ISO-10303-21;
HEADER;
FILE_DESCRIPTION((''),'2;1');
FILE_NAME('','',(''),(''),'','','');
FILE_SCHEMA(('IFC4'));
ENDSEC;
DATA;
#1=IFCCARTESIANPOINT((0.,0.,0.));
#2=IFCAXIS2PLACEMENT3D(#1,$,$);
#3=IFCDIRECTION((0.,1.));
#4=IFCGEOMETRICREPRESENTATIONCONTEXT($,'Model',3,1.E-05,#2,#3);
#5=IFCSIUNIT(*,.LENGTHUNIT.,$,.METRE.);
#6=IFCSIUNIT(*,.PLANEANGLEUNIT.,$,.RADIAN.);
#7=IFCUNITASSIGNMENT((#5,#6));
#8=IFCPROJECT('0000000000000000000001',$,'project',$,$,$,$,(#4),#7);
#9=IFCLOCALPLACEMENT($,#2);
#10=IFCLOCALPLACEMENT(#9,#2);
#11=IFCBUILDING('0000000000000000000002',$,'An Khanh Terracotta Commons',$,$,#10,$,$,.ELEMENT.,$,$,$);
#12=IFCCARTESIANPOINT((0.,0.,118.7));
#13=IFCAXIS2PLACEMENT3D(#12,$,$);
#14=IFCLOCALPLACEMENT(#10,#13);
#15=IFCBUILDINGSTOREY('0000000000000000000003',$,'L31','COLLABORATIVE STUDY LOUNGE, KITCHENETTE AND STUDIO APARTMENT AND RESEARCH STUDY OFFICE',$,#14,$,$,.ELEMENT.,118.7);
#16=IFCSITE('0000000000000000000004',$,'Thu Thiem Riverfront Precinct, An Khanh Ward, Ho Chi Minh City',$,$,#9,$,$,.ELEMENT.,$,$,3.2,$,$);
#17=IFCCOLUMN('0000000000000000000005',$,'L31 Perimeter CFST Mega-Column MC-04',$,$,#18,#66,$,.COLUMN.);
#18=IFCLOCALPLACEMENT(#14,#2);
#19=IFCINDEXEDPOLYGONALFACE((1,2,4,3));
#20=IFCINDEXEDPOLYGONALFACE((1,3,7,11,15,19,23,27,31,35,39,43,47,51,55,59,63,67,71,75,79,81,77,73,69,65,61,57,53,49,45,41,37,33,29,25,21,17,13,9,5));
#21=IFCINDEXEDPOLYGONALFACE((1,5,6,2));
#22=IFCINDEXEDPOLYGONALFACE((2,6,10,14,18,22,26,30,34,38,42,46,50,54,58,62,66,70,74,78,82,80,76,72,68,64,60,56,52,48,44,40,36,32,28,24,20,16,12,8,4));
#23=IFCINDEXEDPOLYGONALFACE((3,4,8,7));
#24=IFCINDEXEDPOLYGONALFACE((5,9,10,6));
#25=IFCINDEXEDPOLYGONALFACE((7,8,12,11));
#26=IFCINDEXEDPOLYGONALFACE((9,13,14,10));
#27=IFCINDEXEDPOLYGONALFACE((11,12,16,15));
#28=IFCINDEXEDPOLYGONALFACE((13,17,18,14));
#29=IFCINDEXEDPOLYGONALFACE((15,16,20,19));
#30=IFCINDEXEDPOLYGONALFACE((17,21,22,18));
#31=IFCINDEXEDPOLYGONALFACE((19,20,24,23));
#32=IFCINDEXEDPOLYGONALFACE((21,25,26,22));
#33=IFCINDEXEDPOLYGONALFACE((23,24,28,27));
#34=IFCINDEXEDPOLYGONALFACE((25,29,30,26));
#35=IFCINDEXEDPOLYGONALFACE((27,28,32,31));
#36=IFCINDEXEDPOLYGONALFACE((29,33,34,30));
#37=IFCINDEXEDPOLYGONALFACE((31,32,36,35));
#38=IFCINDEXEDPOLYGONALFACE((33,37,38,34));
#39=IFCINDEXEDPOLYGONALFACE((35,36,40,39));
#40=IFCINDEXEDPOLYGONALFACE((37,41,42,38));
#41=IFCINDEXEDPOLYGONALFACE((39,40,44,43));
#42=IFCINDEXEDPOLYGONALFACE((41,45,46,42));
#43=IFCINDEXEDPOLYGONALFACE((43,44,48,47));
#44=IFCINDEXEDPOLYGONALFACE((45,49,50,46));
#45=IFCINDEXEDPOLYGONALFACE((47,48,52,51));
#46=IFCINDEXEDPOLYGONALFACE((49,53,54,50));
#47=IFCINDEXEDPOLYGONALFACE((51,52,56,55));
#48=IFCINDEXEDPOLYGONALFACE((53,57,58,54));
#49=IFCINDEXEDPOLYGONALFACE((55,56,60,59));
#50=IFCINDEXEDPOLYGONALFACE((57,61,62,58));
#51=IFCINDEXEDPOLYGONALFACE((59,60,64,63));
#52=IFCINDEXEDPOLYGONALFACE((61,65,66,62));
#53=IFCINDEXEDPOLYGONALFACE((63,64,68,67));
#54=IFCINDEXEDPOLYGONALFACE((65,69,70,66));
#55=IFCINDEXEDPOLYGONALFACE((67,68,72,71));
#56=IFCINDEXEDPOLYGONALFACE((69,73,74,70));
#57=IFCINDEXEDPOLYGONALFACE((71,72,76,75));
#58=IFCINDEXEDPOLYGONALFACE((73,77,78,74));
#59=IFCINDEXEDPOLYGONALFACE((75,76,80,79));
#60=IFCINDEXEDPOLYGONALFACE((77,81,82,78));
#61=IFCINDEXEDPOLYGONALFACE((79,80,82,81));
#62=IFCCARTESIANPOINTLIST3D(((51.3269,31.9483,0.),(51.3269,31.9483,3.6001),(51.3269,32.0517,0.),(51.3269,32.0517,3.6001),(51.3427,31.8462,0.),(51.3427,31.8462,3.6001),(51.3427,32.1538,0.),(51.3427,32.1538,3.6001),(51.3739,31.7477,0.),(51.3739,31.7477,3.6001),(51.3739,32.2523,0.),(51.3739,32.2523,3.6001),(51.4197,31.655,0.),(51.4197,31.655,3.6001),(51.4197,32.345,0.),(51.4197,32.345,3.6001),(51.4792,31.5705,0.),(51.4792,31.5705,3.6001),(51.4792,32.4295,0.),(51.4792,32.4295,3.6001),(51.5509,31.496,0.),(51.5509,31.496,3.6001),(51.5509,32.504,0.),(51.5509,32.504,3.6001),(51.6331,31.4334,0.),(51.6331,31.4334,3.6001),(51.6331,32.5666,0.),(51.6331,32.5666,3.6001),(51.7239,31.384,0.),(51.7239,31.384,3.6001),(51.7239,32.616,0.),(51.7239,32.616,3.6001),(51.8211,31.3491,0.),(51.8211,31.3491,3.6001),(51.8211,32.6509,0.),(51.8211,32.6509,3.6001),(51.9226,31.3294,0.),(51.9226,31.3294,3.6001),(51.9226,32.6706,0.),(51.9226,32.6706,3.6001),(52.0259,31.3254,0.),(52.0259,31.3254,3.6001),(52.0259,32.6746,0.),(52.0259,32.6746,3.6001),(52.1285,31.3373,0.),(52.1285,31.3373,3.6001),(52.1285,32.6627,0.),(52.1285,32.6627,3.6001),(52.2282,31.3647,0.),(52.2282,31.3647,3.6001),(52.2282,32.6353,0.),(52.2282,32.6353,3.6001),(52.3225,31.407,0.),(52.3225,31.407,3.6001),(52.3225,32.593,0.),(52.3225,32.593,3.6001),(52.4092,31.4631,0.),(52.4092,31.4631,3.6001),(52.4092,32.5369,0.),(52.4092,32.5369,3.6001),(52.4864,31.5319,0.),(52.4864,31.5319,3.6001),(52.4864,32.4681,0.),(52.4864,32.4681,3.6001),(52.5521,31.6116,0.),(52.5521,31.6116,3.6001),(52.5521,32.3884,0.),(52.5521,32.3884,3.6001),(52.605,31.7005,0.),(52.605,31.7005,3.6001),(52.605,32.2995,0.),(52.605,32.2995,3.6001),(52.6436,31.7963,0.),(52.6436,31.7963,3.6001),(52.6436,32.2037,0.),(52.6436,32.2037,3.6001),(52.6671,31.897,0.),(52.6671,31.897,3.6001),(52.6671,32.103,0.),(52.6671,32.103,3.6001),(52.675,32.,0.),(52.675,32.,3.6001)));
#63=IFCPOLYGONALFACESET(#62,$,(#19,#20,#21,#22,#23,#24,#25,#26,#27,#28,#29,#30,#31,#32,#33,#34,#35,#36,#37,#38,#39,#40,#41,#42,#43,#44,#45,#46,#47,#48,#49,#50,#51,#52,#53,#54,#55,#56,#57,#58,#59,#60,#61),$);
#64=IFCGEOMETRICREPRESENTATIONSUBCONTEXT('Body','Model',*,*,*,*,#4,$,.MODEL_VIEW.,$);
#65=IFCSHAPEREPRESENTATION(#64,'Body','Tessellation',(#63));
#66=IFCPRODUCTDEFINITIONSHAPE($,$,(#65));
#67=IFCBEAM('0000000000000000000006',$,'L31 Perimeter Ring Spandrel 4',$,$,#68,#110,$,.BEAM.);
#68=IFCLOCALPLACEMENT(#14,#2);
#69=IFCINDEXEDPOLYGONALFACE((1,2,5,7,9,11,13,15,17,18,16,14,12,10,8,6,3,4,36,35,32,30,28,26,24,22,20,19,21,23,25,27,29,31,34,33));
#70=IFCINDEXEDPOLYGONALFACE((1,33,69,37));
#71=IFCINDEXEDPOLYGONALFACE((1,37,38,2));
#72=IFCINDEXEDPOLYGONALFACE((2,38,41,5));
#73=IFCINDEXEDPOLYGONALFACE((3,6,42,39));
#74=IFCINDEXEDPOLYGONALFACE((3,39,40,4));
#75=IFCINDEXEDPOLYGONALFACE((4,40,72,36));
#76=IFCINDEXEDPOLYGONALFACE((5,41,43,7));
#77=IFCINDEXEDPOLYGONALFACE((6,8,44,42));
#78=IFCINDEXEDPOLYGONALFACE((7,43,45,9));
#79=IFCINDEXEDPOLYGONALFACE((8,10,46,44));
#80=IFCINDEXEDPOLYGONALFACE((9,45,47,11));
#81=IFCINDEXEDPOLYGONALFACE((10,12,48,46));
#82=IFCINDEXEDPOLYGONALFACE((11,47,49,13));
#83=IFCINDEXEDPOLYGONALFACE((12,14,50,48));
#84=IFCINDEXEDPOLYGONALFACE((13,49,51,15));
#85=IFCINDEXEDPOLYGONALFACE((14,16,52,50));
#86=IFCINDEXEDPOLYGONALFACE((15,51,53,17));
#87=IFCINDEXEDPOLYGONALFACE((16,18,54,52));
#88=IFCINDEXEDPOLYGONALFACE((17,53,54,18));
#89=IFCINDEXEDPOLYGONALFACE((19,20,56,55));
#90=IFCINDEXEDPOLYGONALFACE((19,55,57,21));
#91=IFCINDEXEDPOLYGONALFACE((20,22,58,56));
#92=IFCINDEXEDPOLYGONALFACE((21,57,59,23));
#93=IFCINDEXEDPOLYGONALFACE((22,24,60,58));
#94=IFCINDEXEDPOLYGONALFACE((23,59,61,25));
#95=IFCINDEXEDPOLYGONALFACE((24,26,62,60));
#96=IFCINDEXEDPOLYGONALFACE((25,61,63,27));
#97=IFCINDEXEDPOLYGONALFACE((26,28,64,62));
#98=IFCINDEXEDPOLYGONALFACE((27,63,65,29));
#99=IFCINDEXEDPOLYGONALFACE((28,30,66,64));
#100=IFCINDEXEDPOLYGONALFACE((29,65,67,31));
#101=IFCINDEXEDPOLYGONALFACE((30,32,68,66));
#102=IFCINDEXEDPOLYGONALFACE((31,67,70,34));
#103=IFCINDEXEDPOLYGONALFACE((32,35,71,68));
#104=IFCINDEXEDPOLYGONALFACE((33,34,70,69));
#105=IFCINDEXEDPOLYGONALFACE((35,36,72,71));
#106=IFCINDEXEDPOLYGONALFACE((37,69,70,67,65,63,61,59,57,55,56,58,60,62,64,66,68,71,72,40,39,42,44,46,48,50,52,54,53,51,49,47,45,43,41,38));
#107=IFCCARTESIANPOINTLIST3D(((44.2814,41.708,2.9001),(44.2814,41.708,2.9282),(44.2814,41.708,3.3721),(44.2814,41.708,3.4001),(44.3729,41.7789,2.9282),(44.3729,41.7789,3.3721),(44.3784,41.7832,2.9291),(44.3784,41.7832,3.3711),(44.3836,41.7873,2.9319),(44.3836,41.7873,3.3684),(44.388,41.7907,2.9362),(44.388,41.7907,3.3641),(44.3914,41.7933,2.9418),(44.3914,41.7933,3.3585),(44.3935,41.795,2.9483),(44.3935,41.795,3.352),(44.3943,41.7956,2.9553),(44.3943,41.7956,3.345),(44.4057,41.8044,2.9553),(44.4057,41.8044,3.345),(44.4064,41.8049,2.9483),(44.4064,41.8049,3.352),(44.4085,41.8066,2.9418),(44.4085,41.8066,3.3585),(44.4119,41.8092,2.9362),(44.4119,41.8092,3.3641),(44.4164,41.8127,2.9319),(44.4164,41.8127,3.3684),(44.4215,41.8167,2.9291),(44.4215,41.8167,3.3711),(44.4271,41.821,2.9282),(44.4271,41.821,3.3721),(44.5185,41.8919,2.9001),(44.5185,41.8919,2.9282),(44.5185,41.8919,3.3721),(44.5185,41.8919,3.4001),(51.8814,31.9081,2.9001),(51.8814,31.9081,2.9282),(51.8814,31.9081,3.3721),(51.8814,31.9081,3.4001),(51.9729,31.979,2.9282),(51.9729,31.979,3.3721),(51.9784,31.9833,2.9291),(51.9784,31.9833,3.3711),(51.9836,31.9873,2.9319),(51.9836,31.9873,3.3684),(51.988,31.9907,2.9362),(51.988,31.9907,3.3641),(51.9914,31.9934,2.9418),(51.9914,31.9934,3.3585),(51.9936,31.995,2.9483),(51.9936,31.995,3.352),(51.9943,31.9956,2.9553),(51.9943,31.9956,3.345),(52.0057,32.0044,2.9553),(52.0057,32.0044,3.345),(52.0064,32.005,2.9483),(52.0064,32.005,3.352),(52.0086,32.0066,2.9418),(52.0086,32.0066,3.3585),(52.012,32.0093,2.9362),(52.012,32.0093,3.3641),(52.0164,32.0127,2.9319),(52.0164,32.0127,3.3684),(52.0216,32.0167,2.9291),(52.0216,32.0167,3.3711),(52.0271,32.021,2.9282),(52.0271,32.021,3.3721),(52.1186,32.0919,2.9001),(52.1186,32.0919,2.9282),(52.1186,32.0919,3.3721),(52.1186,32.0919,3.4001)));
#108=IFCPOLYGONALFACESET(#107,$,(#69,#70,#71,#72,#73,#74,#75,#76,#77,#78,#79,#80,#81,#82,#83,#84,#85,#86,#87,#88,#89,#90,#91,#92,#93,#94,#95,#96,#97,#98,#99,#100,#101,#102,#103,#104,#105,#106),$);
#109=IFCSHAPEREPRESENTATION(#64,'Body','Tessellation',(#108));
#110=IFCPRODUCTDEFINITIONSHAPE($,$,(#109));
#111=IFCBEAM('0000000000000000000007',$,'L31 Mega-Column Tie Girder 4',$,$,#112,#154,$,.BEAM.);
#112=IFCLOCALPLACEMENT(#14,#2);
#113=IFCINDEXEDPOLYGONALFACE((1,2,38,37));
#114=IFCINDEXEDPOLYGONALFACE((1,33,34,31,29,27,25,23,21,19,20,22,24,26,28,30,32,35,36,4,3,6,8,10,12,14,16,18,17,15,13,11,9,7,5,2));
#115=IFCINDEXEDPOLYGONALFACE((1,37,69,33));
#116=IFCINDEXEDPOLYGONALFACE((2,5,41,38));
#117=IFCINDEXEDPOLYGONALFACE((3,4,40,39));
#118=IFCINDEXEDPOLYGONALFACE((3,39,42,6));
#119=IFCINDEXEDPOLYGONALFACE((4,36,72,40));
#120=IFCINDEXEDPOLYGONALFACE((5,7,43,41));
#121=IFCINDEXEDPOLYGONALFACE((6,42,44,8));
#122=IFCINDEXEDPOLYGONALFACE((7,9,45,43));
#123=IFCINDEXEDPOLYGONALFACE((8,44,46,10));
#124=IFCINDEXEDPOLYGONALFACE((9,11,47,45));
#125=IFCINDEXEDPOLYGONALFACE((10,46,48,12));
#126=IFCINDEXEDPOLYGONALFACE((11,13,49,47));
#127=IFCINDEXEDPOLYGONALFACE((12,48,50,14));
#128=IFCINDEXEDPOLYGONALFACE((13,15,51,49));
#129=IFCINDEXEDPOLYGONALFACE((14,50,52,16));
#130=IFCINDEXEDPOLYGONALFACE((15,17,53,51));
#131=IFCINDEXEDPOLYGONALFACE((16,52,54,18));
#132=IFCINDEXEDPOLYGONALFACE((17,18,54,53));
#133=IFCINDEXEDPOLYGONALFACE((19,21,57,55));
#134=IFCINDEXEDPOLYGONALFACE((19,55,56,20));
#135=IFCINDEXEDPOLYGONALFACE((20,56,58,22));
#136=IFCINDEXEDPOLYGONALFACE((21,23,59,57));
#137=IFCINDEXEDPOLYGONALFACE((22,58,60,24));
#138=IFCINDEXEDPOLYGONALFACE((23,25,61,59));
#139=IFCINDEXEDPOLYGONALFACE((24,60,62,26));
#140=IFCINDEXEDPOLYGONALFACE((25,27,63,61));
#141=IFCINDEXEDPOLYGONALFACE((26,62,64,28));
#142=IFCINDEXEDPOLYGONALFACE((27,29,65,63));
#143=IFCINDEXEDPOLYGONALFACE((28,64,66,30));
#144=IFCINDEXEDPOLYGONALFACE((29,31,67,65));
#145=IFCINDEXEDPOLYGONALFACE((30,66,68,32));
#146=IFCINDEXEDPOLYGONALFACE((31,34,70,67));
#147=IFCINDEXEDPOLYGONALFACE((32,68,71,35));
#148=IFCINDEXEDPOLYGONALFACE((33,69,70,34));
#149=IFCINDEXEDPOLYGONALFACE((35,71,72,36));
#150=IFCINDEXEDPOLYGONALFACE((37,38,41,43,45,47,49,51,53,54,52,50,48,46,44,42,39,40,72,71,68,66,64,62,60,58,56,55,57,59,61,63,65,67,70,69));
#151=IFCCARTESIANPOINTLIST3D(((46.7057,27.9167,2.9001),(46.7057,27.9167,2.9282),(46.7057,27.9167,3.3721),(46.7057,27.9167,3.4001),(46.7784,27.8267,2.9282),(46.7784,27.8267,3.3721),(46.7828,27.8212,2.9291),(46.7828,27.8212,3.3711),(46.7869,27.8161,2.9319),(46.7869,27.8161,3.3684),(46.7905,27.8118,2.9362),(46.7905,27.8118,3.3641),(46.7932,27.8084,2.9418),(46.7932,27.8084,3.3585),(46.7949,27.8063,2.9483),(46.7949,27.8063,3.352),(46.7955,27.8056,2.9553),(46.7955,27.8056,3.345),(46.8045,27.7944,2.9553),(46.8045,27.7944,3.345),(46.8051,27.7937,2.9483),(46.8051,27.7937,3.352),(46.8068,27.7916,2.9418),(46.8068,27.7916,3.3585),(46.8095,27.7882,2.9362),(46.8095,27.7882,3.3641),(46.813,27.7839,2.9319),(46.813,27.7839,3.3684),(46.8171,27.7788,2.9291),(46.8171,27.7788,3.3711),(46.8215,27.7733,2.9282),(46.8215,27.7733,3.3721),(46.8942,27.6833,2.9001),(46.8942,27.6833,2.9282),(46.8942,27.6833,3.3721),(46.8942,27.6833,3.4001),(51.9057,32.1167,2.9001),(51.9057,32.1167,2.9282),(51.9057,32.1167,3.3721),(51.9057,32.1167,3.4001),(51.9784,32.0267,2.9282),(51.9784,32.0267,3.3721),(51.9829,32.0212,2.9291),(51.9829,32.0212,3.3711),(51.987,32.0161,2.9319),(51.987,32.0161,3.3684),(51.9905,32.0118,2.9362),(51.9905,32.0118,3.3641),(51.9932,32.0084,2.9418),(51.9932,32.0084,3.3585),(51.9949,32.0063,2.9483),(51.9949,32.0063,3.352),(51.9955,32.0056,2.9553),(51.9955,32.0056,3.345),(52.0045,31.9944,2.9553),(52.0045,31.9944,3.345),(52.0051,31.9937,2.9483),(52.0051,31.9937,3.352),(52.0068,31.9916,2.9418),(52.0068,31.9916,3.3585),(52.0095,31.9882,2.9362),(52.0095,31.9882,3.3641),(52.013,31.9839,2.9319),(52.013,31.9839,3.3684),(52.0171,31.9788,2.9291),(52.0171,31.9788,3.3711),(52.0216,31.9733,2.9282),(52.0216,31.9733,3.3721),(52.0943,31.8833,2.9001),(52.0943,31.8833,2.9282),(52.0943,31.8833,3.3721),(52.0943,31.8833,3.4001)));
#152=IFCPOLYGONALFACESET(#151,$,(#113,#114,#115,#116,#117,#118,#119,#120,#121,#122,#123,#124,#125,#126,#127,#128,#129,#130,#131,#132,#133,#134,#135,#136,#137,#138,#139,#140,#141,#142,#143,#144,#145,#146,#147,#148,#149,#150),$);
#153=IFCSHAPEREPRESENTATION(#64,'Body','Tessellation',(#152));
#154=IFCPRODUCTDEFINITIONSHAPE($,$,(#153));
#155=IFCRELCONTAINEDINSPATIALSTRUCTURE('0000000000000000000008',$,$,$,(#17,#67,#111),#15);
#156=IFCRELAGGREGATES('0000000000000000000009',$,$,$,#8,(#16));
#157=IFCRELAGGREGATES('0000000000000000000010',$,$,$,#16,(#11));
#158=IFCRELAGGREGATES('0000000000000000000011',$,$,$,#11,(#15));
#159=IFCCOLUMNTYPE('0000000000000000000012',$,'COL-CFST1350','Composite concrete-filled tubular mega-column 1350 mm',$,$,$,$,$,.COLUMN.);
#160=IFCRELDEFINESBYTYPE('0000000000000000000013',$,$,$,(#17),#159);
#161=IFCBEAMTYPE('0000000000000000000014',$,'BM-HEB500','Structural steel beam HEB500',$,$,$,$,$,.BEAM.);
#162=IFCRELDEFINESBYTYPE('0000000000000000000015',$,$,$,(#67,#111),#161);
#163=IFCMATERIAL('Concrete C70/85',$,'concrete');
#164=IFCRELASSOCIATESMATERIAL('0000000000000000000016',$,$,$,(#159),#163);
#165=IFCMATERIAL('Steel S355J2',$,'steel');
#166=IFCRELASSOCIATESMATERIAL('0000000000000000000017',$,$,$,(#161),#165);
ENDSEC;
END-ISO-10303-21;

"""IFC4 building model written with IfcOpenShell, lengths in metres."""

from ifc_helpers import new_model, si_unit, direction, frame, origin, origin_2d, place, context, subcontext, project, spatial, circle, i_section, extrude, material, material_profile, profile_set, type_object, element, save


model = new_model("IFC4")

# Units and contexts
model_context = context("Model", 3, precision=1e-05, world=origin(), true_north=direction((0.0, 1.0)))
body_context = subcontext(model_context, "Body", "Model", "MODEL_VIEW")
ifc_project = project(units=[si_unit("LENGTHUNIT", "METRE"), si_unit("PLANEANGLEUNIT", "RADIAN")], contexts=[model_context])

# Site, building, storey
site_placement = place(None, origin())
site = spatial("IfcSite", under=ifc_project, at=site_placement, Name="Thu Thiem Riverfront Precinct, An Khanh Ward, Ho Chi Minh City", CompositionType="ELEMENT", RefElevation=3.2)
building_placement = place(site_placement, origin())
building = spatial("IfcBuilding", under=site, at=building_placement, Name="An Khanh Terracotta Commons", CompositionType="ELEMENT")
storey_placement = place(building_placement, frame((0.0, 0.0, 118.7)))
storey = spatial("IfcBuildingStorey", under=building, at=storey_placement, Name="L31", Description="COLLABORATIVE STUDY LOUNGE, KITCHENETTE AND STUDIO APARTMENT AND RESEARCH STUDY OFFICE", CompositionType="ELEMENT", Elevation=118.7)

# Column
ifc_material_1 = material(Name="Concrete C70/85", Category="concrete")
ifc_material_profile_1 = material_profile(ifc_material_1, circle(Radius=0.675, at=origin_2d()), Name="CFST1350")
ifc_profile_set_1 = profile_set([ifc_material_profile_1], Name="Concrete C70/85")
column_type = type_object("IfcColumnType", Name="COL-CFST1350", Description="Composite concrete-filled tubular mega-column 1350 mm", PredefinedType="COLUMN", material=ifc_profile_set_1)
column_placement = place(storey_placement, frame((52.0, 32.0, 0.0), z_axis=(0.0, 0.0, 1.0), x_axis=(1.0, 0.0, 0.0)))
element("IfcColumn", 1, at=column_placement, inside=storey, type_object=column_type, Name="L31 Perimeter CFST Mega-Column MC-04", PredefinedType="COLUMN", context=body_context, shape_type="SweptSolid", body=[
    extrude(circle(Radius=0.675, at=origin_2d()), origin(), (0.0, 0.0, 1.0), 3.6001),
])

# Beams
ifc_material_2 = material(Name="Steel S355J2", Category="steel")
ifc_material_profile_2 = material_profile(ifc_material_2, i_section(OverallWidth=0.3, OverallDepth=0.5, WebThickness=0.0144, FlangeThickness=0.0281, FilletRadius=0.0271, at=origin_2d()), Name="HEB500")
ifc_profile_set_2 = profile_set([ifc_material_profile_2], Name="Steel S355J2")
beam_type = type_object("IfcBeamType", Name="BM-HEB500", Description="Structural steel beam HEB500", PredefinedType="BEAM", material=ifc_profile_set_2)
beam_1_placement = place(storey_placement, frame((52.0, 32.0, 3.1501), z_axis=(-0.612827, 0.790217, 0.0), x_axis=(-0.790217, -0.612827, 0.0)))
element("IfcBeam", 2, at=beam_1_placement, inside=storey, type_object=beam_type, Name="L31 Perimeter Ring Spandrel 4", PredefinedType="BEAM", context=body_context, shape_type="SweptSolid", body=[
    extrude(i_section(OverallWidth=0.3, OverallDepth=0.5, WebThickness=0.0144, FlangeThickness=0.0281, FilletRadius=0.0271, at=origin_2d()), origin(), (0.0, 0.0, 1.0), 12.4016),
])
beam_2_placement = place(storey_placement, frame((52.0, 32.0, 3.1501), z_axis=(-0.777942, -0.628336, 0.0), x_axis=(0.628336, -0.777942, 0.0)))
element("IfcBeam", 3, at=beam_2_placement, inside=storey, type_object=beam_type, Name="L31 Mega-Column Tie Girder 4", PredefinedType="BEAM", context=body_context, shape_type="SweptSolid", body=[
    extrude(i_section(OverallWidth=0.3, OverallDepth=0.5, WebThickness=0.0144, FlangeThickness=0.0281, FilletRadius=0.0271, at=origin_2d()), origin(), (0.0, 0.0, 1.0), 6.6843),
])

save(model, "model.ifc")
